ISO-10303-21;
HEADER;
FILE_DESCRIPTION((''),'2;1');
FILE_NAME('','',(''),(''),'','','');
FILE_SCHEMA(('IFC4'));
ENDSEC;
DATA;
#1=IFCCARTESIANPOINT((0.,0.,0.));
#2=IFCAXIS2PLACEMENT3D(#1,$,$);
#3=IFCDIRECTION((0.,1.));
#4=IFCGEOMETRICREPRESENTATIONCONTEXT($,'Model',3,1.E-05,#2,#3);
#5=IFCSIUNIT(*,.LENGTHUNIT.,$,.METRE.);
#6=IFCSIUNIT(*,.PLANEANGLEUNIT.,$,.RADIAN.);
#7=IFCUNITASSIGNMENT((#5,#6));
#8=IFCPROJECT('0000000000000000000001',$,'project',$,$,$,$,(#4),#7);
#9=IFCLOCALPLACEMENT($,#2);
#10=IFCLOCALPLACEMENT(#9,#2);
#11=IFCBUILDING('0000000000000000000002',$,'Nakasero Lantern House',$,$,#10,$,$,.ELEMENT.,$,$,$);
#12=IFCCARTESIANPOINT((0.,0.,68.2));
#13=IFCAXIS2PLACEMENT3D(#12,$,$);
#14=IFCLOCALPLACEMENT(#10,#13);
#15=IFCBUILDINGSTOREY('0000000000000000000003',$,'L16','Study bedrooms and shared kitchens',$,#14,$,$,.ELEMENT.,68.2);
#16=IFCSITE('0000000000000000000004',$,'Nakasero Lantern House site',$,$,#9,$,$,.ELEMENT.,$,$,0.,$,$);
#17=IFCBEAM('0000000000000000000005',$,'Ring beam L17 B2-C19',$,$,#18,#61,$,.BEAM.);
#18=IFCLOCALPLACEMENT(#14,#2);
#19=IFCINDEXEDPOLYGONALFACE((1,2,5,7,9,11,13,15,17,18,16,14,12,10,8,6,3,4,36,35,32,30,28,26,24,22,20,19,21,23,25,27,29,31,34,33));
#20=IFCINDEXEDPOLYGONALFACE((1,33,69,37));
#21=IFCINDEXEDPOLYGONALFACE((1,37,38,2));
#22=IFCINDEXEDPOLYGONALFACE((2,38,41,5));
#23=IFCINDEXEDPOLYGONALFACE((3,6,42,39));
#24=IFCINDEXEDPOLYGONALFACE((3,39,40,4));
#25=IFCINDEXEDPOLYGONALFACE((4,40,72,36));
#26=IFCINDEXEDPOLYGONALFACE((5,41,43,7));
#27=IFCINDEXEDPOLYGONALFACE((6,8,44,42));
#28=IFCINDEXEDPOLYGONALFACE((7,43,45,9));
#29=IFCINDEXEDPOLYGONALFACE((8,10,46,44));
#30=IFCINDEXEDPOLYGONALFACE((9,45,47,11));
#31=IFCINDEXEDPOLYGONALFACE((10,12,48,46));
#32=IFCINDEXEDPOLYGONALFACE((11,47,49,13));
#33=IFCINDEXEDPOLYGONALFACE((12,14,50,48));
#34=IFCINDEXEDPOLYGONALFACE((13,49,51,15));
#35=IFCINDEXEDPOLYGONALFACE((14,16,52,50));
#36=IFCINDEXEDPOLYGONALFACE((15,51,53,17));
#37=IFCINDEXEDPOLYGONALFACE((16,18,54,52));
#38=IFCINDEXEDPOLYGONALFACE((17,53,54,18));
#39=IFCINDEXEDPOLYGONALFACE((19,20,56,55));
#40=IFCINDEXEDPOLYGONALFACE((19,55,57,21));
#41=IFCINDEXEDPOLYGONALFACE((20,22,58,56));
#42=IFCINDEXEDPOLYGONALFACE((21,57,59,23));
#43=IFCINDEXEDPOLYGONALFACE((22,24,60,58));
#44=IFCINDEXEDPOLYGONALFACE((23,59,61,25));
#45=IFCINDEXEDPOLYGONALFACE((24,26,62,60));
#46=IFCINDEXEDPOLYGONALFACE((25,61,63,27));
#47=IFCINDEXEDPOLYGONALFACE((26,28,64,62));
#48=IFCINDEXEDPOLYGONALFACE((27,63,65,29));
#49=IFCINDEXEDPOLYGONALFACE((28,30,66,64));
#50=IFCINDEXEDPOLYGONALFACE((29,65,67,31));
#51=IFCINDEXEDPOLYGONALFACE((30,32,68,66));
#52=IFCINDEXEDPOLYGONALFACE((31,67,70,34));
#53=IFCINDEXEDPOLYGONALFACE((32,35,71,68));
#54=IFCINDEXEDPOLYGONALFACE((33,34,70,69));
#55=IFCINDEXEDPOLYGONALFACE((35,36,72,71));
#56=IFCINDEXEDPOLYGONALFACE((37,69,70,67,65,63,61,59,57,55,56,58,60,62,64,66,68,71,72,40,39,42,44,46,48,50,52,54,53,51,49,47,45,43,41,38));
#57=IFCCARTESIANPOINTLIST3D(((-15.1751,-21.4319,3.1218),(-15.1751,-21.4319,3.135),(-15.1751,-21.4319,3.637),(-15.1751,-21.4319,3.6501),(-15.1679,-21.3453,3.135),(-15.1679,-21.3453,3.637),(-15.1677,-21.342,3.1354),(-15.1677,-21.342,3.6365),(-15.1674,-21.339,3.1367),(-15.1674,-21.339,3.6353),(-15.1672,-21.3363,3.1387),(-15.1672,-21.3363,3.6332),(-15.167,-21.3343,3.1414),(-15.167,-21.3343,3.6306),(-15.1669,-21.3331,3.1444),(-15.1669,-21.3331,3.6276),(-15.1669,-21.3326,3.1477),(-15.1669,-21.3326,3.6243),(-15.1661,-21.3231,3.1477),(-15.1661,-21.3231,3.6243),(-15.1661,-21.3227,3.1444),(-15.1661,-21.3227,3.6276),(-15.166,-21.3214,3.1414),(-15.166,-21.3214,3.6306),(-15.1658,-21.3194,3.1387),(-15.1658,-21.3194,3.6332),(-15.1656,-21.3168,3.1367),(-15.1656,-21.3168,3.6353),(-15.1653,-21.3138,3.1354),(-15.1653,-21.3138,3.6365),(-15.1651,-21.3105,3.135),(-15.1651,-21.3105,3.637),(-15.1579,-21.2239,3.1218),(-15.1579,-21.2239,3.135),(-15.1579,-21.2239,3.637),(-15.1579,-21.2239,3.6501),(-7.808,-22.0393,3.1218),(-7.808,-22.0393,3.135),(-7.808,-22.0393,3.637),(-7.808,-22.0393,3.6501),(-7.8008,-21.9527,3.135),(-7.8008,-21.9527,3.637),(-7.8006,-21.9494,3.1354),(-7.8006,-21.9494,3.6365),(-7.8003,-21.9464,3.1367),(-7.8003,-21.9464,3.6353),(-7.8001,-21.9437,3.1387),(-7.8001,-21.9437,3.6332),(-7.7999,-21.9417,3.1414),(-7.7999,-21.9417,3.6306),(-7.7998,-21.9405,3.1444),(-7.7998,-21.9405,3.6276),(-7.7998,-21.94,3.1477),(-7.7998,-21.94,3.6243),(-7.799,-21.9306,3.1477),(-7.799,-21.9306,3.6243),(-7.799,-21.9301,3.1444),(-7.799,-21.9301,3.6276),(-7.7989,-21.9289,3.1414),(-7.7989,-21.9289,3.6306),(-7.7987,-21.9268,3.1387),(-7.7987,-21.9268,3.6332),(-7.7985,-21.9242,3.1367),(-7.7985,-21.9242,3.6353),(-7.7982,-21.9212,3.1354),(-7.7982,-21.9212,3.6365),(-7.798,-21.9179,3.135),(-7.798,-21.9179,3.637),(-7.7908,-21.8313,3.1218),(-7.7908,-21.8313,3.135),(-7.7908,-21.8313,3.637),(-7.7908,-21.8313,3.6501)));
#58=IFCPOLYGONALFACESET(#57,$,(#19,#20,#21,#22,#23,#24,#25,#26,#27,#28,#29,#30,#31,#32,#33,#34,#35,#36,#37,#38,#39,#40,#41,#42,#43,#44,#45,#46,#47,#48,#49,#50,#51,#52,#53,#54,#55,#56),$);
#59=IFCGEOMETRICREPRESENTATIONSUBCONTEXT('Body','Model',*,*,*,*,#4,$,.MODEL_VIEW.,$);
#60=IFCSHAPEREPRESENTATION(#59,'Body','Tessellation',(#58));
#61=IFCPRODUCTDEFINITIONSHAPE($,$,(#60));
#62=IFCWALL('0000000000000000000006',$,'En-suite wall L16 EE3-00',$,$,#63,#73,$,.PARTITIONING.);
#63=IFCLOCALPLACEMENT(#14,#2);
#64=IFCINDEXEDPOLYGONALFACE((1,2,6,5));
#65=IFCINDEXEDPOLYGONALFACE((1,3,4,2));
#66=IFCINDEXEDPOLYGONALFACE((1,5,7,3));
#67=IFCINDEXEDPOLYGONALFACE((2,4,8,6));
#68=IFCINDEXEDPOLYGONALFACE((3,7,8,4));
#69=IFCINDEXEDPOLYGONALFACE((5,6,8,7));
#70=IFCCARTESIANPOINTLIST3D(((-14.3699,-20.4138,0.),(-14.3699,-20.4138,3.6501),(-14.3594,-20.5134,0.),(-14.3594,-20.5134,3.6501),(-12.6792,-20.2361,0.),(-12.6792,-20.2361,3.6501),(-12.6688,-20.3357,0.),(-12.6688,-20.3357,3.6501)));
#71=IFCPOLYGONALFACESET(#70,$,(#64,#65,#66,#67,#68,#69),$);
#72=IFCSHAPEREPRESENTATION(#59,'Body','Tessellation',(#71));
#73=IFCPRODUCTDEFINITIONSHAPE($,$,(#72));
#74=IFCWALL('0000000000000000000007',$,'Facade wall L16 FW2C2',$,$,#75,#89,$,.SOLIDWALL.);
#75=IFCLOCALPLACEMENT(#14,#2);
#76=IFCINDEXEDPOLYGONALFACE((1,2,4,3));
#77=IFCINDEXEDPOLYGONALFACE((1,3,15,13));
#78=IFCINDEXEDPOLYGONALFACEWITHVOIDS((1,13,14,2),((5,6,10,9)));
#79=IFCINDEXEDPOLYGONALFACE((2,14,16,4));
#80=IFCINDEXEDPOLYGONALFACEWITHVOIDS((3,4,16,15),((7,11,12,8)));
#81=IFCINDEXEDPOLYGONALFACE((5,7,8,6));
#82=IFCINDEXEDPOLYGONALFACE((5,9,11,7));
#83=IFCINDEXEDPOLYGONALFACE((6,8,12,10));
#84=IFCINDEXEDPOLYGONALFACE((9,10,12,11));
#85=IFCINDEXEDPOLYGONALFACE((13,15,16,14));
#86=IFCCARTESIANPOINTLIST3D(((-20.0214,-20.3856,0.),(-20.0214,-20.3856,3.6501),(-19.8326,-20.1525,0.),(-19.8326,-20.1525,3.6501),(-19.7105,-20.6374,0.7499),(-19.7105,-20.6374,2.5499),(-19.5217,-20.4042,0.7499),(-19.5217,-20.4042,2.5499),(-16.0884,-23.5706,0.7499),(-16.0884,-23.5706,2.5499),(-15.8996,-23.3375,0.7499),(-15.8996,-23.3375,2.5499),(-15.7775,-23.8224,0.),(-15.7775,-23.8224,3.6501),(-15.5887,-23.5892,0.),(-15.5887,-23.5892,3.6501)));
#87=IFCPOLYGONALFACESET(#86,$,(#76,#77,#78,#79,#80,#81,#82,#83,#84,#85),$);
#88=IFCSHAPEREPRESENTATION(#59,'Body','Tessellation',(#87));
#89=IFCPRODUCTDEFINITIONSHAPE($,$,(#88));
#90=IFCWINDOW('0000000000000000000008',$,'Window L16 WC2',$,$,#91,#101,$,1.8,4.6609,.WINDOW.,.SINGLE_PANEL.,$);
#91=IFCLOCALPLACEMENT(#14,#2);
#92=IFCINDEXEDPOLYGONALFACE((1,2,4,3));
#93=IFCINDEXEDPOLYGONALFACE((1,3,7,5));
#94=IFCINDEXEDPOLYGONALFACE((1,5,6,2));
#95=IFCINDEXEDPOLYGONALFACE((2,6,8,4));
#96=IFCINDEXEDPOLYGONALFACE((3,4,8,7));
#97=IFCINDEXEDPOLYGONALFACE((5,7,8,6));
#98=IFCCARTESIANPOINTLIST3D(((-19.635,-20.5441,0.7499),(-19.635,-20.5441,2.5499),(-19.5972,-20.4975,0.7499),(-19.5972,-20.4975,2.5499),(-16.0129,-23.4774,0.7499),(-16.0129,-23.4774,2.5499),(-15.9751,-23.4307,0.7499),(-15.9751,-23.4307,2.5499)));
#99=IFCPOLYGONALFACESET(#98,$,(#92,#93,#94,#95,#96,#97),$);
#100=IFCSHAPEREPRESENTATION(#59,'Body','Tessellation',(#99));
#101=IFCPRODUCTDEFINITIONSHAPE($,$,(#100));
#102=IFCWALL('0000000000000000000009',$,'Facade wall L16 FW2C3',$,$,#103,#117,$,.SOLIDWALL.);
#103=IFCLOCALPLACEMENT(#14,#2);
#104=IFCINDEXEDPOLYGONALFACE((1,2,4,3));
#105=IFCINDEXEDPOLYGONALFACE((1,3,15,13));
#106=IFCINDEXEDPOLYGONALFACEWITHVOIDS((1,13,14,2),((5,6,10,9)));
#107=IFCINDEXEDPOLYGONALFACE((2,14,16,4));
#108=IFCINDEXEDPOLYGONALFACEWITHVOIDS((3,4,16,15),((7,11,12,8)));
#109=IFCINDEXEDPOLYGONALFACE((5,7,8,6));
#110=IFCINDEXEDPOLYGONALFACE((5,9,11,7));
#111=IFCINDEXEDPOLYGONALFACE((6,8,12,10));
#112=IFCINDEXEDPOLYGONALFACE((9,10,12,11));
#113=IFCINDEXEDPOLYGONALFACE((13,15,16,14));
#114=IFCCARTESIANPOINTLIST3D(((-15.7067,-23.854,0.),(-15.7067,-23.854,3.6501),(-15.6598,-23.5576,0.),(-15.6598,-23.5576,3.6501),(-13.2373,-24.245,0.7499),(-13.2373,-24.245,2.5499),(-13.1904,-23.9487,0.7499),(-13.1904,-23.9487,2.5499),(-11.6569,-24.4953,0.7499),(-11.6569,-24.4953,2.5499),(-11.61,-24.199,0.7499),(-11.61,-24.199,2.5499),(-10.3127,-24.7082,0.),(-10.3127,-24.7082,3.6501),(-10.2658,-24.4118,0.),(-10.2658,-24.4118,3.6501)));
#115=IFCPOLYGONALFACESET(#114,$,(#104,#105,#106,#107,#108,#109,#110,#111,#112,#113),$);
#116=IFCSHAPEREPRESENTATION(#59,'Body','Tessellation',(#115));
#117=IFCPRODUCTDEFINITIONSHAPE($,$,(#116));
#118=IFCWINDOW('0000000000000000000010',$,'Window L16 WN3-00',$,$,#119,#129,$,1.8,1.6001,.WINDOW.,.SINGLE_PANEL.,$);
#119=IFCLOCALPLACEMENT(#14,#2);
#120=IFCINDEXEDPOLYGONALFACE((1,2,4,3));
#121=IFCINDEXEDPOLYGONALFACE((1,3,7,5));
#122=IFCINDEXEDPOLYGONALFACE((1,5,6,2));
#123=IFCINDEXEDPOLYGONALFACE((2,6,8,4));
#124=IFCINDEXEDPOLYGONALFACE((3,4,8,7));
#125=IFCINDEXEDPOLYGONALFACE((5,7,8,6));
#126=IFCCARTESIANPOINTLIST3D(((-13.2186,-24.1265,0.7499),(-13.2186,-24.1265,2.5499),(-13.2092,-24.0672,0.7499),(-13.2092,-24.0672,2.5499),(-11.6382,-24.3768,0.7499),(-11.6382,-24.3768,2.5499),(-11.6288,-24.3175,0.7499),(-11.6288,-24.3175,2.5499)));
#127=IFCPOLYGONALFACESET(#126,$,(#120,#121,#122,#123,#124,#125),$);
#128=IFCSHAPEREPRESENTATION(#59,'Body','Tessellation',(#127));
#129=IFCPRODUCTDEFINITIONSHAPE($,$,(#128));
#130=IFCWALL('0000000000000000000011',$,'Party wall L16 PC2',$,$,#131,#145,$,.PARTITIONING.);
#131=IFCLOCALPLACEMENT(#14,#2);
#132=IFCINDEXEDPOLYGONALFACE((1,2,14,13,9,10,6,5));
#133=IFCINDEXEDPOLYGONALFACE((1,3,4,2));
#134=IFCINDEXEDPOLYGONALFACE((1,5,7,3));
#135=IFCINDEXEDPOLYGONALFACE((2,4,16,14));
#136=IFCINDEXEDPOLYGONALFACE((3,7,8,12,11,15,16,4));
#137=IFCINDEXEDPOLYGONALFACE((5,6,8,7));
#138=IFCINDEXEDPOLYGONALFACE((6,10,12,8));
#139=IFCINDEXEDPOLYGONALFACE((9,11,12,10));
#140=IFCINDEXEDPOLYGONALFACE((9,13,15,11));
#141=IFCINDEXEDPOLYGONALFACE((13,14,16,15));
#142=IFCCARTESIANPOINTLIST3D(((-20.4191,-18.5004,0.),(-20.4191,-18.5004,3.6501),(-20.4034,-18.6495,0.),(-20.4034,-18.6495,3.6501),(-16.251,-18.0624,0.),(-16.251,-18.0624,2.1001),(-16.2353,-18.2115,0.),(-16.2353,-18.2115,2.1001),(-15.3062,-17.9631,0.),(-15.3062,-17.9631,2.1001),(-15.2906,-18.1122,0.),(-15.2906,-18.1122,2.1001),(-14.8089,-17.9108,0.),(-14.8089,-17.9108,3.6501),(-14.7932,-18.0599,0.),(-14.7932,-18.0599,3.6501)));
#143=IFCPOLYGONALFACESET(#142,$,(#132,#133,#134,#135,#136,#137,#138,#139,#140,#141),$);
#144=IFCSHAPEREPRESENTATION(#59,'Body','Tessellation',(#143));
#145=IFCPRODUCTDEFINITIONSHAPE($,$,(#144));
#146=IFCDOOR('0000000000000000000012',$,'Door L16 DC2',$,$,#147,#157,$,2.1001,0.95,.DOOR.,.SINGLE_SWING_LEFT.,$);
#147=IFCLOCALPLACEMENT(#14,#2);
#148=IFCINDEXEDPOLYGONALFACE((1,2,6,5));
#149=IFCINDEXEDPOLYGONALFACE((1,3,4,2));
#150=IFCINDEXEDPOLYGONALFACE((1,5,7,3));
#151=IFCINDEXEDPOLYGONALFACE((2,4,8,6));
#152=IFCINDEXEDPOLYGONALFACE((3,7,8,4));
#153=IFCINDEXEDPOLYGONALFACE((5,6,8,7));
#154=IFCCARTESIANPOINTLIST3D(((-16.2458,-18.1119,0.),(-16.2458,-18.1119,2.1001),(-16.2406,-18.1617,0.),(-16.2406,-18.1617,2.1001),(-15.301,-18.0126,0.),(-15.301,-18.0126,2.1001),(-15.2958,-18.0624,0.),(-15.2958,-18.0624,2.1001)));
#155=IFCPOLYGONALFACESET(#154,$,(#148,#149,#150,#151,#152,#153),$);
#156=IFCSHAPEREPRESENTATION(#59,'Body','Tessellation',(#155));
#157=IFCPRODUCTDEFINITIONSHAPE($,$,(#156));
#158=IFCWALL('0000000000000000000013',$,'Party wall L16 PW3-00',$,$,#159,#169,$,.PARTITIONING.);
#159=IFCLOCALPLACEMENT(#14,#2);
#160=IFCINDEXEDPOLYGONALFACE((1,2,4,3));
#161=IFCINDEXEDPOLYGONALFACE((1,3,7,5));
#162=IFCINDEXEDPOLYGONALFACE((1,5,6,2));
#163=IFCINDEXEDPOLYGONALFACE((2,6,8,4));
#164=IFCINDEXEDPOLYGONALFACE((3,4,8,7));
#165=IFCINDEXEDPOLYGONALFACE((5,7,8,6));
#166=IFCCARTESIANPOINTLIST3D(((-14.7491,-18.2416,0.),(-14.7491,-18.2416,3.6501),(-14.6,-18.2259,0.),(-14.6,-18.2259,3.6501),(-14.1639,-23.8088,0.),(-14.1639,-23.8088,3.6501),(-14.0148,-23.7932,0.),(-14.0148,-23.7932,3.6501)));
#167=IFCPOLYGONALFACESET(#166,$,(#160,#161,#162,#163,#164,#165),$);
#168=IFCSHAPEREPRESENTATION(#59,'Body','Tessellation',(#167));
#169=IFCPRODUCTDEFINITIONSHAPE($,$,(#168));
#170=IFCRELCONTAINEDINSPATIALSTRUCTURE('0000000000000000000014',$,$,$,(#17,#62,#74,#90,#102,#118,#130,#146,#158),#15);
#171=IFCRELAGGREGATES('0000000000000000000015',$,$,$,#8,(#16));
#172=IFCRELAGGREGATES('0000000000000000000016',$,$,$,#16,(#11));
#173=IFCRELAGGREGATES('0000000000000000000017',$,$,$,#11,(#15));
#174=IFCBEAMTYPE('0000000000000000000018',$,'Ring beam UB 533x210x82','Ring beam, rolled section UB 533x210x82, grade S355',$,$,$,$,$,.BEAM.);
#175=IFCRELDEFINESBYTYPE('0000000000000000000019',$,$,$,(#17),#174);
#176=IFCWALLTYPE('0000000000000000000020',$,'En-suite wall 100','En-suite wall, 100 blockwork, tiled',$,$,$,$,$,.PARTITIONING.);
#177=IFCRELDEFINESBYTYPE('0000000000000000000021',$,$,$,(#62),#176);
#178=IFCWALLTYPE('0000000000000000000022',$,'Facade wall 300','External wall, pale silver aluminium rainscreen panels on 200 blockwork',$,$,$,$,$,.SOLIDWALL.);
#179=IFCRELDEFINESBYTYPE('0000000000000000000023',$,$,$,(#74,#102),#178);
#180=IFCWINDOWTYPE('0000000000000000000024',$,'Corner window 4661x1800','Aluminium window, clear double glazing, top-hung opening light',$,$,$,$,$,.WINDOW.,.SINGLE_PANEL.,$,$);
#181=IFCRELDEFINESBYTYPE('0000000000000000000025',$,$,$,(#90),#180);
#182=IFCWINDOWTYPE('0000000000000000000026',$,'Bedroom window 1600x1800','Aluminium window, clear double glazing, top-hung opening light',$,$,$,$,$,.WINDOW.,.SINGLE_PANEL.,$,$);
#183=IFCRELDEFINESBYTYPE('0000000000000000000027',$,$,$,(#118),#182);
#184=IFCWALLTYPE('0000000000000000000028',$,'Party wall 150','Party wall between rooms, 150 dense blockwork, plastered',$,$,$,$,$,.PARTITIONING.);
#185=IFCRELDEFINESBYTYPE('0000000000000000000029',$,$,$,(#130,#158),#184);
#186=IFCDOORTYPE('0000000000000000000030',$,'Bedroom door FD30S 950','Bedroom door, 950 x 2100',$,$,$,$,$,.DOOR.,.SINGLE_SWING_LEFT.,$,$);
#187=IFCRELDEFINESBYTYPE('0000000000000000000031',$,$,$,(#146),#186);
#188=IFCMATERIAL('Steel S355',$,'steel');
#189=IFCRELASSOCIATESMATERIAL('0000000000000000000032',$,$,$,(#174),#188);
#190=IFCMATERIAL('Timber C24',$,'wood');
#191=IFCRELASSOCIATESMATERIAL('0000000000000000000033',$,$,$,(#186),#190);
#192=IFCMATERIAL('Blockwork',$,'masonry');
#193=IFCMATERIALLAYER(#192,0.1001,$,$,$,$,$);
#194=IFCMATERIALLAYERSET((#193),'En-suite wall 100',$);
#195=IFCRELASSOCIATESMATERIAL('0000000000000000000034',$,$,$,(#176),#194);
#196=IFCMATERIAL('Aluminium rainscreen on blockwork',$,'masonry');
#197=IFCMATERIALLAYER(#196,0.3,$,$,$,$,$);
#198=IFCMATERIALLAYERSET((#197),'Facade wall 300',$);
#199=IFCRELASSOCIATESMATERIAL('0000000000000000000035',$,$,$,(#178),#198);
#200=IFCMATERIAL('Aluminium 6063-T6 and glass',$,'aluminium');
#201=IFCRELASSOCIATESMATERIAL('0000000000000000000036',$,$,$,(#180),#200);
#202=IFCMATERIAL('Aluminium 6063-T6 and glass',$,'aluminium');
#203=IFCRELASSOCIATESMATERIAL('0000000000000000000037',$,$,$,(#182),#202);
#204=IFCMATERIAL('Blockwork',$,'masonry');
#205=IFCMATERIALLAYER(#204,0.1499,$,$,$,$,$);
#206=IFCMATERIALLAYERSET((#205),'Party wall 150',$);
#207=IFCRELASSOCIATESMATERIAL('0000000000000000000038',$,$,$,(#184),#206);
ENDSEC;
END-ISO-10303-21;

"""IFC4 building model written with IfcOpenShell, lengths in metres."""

from ifc_helpers import new_model, si_unit, direction, frame, frame_2d, origin, origin_2d, place, context, subcontext, project, spatial, rectangle, i_section, extrude, material, layer, layer_set, material_profile, profile_set, type_object, element, fill, save


model = new_model("IFC4")

# Units and contexts
model_context = context("Model", 3, precision=1e-05, world=origin(), true_north=direction((0.0, 1.0)))
body_context = subcontext(model_context, "Body", "Model", "MODEL_VIEW")
ifc_project = project(units=[si_unit("LENGTHUNIT", "METRE"), si_unit("PLANEANGLEUNIT", "RADIAN")], contexts=[model_context])

# Site, building, storey
site_placement = place(None, origin())
site = spatial("IfcSite", under=ifc_project, at=site_placement, Name="Nakasero Lantern House site", CompositionType="ELEMENT", RefElevation=0.0)
building_placement = place(site_placement, origin())
building = spatial("IfcBuilding", under=site, at=building_placement, Name="Nakasero Lantern House", CompositionType="ELEMENT")
storey_placement = place(building_placement, frame((0.0, 0.0, 68.2)))
storey = spatial("IfcBuildingStorey", under=building, at=storey_placement, Name="L16", Description="Study bedrooms and shared kitchens", CompositionType="ELEMENT", Elevation=68.2)

# Beam
ifc_material_1 = material(Name="Steel S355", Category="steel")
ifc_material_profile_1 = material_profile(ifc_material_1, i_section(OverallWidth=0.2087, OverallDepth=0.5283, WebThickness=0.0095, FlangeThickness=0.0132, FilletRadius=0.0127, at=origin_2d()), Name="UB 533x210x82")
ifc_profile_set_1 = profile_set([ifc_material_profile_1], Name="Steel S355")
beam_type_1 = type_object("IfcBeamType", Name="Ring beam UB 533x210x82", Description="Ring beam, rolled section UB 533x210x82, grade S355", PredefinedType="BEAM", material=ifc_profile_set_1)
beam_1_placement = place(storey_placement, frame((-15.1665, -21.3279, 3.386), z_axis=(0.996618, -0.082171, 0.0), x_axis=(0.082171, 0.996618, 0.0)))
element("IfcBeam", 1, at=beam_1_placement, inside=storey, type_object=beam_type_1, Name="Ring beam L17 B2-C19", PredefinedType="BEAM", context=body_context, shape_type="SweptSolid", body=[
    extrude(i_section(OverallWidth=0.2087, OverallDepth=0.5283, WebThickness=0.0095, FlangeThickness=0.0132, FilletRadius=0.0127, at=origin_2d()), origin(), (0.0, 0.0, 1.0), 7.3921),
])

# Shared definitions
ifc_material_2 = material(Name="Timber C24", Category="wood")
door_type_1 = type_object("IfcDoorType", Name="Bedroom door FD30S 950", Description="Bedroom door, 950 x 2100", OperationType="SINGLE_SWING_LEFT", PredefinedType="DOOR", material=ifc_material_2)

# Wall
ifc_material_3 = material(Name="Blockwork", Category="masonry")
ifc_layer_1 = layer(ifc_material_3, 0.1001)
ifc_layer_set_1 = layer_set([ifc_layer_1], Name="En-suite wall 100")
wall_type_1 = type_object("IfcWallType", Name="En-suite wall 100", Description="En-suite wall, 100 blockwork, tiled", PredefinedType="PARTITIONING", material=ifc_layer_set_1)
wall_1_placement = place(storey_placement, frame((-14.3647, -20.4636, 0.0), z_axis=(0.0, 0.0, 1.0), x_axis=(0.99452, 0.10455, 0.0)))
element("IfcWall", 2, at=wall_1_placement, inside=storey, type_object=wall_type_1, Name="En-suite wall L16 EE3-00", PredefinedType="PARTITIONING", context=body_context, shape_type="SweptSolid", body=[
    extrude(rectangle(XDim=1.7, YDim=0.1001, at=frame_2d((0.8501, 0.0))), origin(), (0.0, 0.0, 1.0), 3.6501),
])

# Walls, openings, windows
ifc_material_4 = material(Name="Aluminium rainscreen on blockwork", Category="masonry")
ifc_layer_2 = layer(ifc_material_4, 0.3)
ifc_layer_set_2 = layer_set([ifc_layer_2], Name="Facade wall 300")
wall_type_2 = type_object("IfcWallType", Name="Facade wall 300", Description="External wall, pale silver aluminium rainscreen panels on 200 blockwork", PredefinedType="SOLIDWALL", material=ifc_layer_set_2)
wall_2_placement = place(storey_placement, frame((-19.927, -20.269, 0.0), z_axis=(0.0, 0.0, 1.0), x_axis=(0.777135, -0.629335, 0.0)))
wall_2 = element("IfcWall", 3, at=wall_2_placement, inside=storey, type_object=wall_type_2, Name="Facade wall L16 FW2C2", PredefinedType="SOLIDWALL", context=body_context, shape_type="SweptSolid", body=[
    extrude(rectangle(XDim=5.4609, YDim=0.3, at=frame_2d((2.7305, 0.0))), origin(), (0.0, 0.0, 1.0), 3.6501),
])
opening_1_placement = place(wall_2_placement, frame((0.3999, 0.0, 0.75)))
opening_1 = element("IfcOpeningElement", 4, at=opening_1_placement, cuts=wall_2, PredefinedType="OPENING", context=body_context, shape_type="SweptSolid", body=[
    extrude(rectangle(XDim=4.6609, YDim=1.8, at=frame_2d((2.3306, 0.8999))), frame((0.0, 0.1699, 0.0), z_axis=(0.0, -1.0, 0.0), x_axis=(1.0, 0.0, 0.0)), (0.0, 0.0, 1.0), 0.3401),
])
ifc_material_5 = material(Name="Aluminium 6063-T6 and glass", Category="aluminium")
window_type_1 = type_object("IfcWindowType", Name="Corner window 4661x1800", Description="Aluminium window, clear double glazing, top-hung opening light", PartitioningType="SINGLE_PANEL", PredefinedType="WINDOW", material=ifc_material_5)
window_1_placement = place(opening_1_placement, origin())
window_1 = element("IfcWindow", 5, at=window_1_placement, inside=storey, type_object=window_type_1, Name="Window L16 WC2", OverallHeight=1.8, OverallWidth=4.6609, PartitioningType="SINGLE_PANEL", PredefinedType="WINDOW", context=body_context, shape_type="SweptSolid", body=[
    extrude(rectangle(XDim=4.6609, YDim=1.8, at=frame_2d((2.3306, 0.8999))), frame((0.0, 0.03, 0.0), z_axis=(0.0, -1.0, 0.0), x_axis=(1.0, 0.0, 0.0)), (0.0, 0.0, 1.0), 0.0601),
])
fill(opening_1, window_1)
wall_3_placement = place(storey_placement, frame((-15.6831, -23.7058, 0.0), z_axis=(0.0, 0.0, 1.0), x_axis=(0.987691, -0.156419, 0.0)))
wall_3 = element("IfcWall", 6, at=wall_3_placement, inside=storey, type_object=wall_type_2, Name="Facade wall L16 FW2C3", PredefinedType="SOLIDWALL", context=body_context, shape_type="SweptSolid", body=[
    extrude(rectangle(XDim=5.4612, YDim=0.3, at=frame_2d((2.7305, 0.0))), origin(), (0.0, 0.0, 1.0), 3.6501),
])
opening_2_placement = place(wall_3_placement, frame((2.5, 0.0, 0.75)))
opening_2 = element("IfcOpeningElement", 7, at=opening_2_placement, cuts=wall_3, PredefinedType="OPENING", context=body_context, shape_type="SweptSolid", body=[
    extrude(rectangle(XDim=1.6001, YDim=1.8, at=frame_2d((0.8, 0.8999))), frame((0.0, 0.1699, 0.0), z_axis=(0.0, -1.0, 0.0), x_axis=(1.0, 0.0, 0.0)), (0.0, 0.0, 1.0), 0.3401),
])
ifc_material_6 = material(Name="Aluminium 6063-T6 and glass", Category="aluminium")
window_type_2 = type_object("IfcWindowType", Name="Bedroom window 1600x1800", Description="Aluminium window, clear double glazing, top-hung opening light", PartitioningType="SINGLE_PANEL", PredefinedType="WINDOW", material=ifc_material_6)
window_2_placement = place(opening_2_placement, origin())
window_2 = element("IfcWindow", 8, at=window_2_placement, inside=storey, type_object=window_type_2, Name="Window L16 WN3-00", OverallHeight=1.8, OverallWidth=1.6001, PartitioningType="SINGLE_PANEL", PredefinedType="WINDOW", context=body_context, shape_type="SweptSolid", body=[
    extrude(rectangle(XDim=1.6001, YDim=1.8, at=frame_2d((0.8, 0.8999))), frame((0.0, 0.03, 0.0), z_axis=(0.0, -1.0, 0.0), x_axis=(1.0, 0.0, 0.0)), (0.0, 0.0, 1.0), 0.0601),
])
fill(opening_2, window_2)

# Wall, opening, door
ifc_material_7 = material(Name="Blockwork", Category="masonry")
ifc_layer_3 = layer(ifc_material_7, 0.1499)
ifc_layer_set_3 = layer_set([ifc_layer_3], Name="Party wall 150")
wall_type_3 = type_object("IfcWallType", Name="Party wall 150", Description="Party wall between rooms, 150 dense blockwork, plastered", PredefinedType="PARTITIONING", material=ifc_layer_set_3)
wall_4_placement = place(storey_placement, frame((-14.801, -17.9854, 0.0), z_axis=(0.0, 0.0, 1.0), x_axis=(-0.994523, -0.10452, 0.0)))
wall_4 = element("IfcWall", 9, at=wall_4_placement, inside=storey, type_object=wall_type_3, Name="Party wall L16 PC2", PredefinedType="PARTITIONING", context=body_context, shape_type="SweptSolid", body=[
    extrude(rectangle(XDim=5.6411, YDim=0.1499, at=frame_2d((2.8206, 0.0))), origin(), (0.0, 0.0, 1.0), 3.6501),
])
opening_3_placement = place(wall_4_placement, frame((0.5, 0.0, 0.0)))
opening_3 = element("IfcOpeningElement", 10, at=opening_3_placement, cuts=wall_4, PredefinedType="OPENING", context=body_context, shape_type="SweptSolid", body=[
    extrude(rectangle(XDim=0.95, YDim=2.1001, at=frame_2d((0.4751, 1.05))), frame((0.0, 0.095, 0.0), z_axis=(0.0, -1.0, 0.0), x_axis=(1.0, 0.0, 0.0)), (0.0, 0.0, 1.0), 0.1899),
])
door_1_placement = place(opening_3_placement, origin())
door_1 = element("IfcDoor", 11, at=door_1_placement, inside=storey, type_object=door_type_1, Name="Door L16 DC2", OperationType="SINGLE_SWING_LEFT", OverallHeight=2.1001, OverallWidth=0.95, PredefinedType="DOOR", context=body_context, shape_type="SweptSolid", body=[
    extrude(rectangle(XDim=0.95, YDim=2.1001, at=frame_2d((0.4751, 1.05))), frame((0.0, 0.0249, 0.0), z_axis=(0.0, -1.0, 0.0), x_axis=(1.0, 0.0, 0.0)), (0.0, 0.0, 1.0), 0.05),
])
fill(opening_3, door_1)

# Wall
wall_5_placement = place(storey_placement, frame((-14.6746, -18.2339, 0.0), z_axis=(0.0, 0.0, 1.0), x_axis=(0.104542, -0.99452, 0.0)))
element("IfcWall", 12, at=wall_5_placement, inside=storey, type_object=wall_type_3, Name="Party wall L16 PW3-00", PredefinedType="PARTITIONING", context=body_context, shape_type="SweptSolid", body=[
    extrude(rectangle(XDim=5.5979, YDim=0.1499, at=frame_2d((2.7988, 0.0))), origin(), (0.0, 0.0, 1.0), 3.6501),
])

save(model, "model.ifc")
